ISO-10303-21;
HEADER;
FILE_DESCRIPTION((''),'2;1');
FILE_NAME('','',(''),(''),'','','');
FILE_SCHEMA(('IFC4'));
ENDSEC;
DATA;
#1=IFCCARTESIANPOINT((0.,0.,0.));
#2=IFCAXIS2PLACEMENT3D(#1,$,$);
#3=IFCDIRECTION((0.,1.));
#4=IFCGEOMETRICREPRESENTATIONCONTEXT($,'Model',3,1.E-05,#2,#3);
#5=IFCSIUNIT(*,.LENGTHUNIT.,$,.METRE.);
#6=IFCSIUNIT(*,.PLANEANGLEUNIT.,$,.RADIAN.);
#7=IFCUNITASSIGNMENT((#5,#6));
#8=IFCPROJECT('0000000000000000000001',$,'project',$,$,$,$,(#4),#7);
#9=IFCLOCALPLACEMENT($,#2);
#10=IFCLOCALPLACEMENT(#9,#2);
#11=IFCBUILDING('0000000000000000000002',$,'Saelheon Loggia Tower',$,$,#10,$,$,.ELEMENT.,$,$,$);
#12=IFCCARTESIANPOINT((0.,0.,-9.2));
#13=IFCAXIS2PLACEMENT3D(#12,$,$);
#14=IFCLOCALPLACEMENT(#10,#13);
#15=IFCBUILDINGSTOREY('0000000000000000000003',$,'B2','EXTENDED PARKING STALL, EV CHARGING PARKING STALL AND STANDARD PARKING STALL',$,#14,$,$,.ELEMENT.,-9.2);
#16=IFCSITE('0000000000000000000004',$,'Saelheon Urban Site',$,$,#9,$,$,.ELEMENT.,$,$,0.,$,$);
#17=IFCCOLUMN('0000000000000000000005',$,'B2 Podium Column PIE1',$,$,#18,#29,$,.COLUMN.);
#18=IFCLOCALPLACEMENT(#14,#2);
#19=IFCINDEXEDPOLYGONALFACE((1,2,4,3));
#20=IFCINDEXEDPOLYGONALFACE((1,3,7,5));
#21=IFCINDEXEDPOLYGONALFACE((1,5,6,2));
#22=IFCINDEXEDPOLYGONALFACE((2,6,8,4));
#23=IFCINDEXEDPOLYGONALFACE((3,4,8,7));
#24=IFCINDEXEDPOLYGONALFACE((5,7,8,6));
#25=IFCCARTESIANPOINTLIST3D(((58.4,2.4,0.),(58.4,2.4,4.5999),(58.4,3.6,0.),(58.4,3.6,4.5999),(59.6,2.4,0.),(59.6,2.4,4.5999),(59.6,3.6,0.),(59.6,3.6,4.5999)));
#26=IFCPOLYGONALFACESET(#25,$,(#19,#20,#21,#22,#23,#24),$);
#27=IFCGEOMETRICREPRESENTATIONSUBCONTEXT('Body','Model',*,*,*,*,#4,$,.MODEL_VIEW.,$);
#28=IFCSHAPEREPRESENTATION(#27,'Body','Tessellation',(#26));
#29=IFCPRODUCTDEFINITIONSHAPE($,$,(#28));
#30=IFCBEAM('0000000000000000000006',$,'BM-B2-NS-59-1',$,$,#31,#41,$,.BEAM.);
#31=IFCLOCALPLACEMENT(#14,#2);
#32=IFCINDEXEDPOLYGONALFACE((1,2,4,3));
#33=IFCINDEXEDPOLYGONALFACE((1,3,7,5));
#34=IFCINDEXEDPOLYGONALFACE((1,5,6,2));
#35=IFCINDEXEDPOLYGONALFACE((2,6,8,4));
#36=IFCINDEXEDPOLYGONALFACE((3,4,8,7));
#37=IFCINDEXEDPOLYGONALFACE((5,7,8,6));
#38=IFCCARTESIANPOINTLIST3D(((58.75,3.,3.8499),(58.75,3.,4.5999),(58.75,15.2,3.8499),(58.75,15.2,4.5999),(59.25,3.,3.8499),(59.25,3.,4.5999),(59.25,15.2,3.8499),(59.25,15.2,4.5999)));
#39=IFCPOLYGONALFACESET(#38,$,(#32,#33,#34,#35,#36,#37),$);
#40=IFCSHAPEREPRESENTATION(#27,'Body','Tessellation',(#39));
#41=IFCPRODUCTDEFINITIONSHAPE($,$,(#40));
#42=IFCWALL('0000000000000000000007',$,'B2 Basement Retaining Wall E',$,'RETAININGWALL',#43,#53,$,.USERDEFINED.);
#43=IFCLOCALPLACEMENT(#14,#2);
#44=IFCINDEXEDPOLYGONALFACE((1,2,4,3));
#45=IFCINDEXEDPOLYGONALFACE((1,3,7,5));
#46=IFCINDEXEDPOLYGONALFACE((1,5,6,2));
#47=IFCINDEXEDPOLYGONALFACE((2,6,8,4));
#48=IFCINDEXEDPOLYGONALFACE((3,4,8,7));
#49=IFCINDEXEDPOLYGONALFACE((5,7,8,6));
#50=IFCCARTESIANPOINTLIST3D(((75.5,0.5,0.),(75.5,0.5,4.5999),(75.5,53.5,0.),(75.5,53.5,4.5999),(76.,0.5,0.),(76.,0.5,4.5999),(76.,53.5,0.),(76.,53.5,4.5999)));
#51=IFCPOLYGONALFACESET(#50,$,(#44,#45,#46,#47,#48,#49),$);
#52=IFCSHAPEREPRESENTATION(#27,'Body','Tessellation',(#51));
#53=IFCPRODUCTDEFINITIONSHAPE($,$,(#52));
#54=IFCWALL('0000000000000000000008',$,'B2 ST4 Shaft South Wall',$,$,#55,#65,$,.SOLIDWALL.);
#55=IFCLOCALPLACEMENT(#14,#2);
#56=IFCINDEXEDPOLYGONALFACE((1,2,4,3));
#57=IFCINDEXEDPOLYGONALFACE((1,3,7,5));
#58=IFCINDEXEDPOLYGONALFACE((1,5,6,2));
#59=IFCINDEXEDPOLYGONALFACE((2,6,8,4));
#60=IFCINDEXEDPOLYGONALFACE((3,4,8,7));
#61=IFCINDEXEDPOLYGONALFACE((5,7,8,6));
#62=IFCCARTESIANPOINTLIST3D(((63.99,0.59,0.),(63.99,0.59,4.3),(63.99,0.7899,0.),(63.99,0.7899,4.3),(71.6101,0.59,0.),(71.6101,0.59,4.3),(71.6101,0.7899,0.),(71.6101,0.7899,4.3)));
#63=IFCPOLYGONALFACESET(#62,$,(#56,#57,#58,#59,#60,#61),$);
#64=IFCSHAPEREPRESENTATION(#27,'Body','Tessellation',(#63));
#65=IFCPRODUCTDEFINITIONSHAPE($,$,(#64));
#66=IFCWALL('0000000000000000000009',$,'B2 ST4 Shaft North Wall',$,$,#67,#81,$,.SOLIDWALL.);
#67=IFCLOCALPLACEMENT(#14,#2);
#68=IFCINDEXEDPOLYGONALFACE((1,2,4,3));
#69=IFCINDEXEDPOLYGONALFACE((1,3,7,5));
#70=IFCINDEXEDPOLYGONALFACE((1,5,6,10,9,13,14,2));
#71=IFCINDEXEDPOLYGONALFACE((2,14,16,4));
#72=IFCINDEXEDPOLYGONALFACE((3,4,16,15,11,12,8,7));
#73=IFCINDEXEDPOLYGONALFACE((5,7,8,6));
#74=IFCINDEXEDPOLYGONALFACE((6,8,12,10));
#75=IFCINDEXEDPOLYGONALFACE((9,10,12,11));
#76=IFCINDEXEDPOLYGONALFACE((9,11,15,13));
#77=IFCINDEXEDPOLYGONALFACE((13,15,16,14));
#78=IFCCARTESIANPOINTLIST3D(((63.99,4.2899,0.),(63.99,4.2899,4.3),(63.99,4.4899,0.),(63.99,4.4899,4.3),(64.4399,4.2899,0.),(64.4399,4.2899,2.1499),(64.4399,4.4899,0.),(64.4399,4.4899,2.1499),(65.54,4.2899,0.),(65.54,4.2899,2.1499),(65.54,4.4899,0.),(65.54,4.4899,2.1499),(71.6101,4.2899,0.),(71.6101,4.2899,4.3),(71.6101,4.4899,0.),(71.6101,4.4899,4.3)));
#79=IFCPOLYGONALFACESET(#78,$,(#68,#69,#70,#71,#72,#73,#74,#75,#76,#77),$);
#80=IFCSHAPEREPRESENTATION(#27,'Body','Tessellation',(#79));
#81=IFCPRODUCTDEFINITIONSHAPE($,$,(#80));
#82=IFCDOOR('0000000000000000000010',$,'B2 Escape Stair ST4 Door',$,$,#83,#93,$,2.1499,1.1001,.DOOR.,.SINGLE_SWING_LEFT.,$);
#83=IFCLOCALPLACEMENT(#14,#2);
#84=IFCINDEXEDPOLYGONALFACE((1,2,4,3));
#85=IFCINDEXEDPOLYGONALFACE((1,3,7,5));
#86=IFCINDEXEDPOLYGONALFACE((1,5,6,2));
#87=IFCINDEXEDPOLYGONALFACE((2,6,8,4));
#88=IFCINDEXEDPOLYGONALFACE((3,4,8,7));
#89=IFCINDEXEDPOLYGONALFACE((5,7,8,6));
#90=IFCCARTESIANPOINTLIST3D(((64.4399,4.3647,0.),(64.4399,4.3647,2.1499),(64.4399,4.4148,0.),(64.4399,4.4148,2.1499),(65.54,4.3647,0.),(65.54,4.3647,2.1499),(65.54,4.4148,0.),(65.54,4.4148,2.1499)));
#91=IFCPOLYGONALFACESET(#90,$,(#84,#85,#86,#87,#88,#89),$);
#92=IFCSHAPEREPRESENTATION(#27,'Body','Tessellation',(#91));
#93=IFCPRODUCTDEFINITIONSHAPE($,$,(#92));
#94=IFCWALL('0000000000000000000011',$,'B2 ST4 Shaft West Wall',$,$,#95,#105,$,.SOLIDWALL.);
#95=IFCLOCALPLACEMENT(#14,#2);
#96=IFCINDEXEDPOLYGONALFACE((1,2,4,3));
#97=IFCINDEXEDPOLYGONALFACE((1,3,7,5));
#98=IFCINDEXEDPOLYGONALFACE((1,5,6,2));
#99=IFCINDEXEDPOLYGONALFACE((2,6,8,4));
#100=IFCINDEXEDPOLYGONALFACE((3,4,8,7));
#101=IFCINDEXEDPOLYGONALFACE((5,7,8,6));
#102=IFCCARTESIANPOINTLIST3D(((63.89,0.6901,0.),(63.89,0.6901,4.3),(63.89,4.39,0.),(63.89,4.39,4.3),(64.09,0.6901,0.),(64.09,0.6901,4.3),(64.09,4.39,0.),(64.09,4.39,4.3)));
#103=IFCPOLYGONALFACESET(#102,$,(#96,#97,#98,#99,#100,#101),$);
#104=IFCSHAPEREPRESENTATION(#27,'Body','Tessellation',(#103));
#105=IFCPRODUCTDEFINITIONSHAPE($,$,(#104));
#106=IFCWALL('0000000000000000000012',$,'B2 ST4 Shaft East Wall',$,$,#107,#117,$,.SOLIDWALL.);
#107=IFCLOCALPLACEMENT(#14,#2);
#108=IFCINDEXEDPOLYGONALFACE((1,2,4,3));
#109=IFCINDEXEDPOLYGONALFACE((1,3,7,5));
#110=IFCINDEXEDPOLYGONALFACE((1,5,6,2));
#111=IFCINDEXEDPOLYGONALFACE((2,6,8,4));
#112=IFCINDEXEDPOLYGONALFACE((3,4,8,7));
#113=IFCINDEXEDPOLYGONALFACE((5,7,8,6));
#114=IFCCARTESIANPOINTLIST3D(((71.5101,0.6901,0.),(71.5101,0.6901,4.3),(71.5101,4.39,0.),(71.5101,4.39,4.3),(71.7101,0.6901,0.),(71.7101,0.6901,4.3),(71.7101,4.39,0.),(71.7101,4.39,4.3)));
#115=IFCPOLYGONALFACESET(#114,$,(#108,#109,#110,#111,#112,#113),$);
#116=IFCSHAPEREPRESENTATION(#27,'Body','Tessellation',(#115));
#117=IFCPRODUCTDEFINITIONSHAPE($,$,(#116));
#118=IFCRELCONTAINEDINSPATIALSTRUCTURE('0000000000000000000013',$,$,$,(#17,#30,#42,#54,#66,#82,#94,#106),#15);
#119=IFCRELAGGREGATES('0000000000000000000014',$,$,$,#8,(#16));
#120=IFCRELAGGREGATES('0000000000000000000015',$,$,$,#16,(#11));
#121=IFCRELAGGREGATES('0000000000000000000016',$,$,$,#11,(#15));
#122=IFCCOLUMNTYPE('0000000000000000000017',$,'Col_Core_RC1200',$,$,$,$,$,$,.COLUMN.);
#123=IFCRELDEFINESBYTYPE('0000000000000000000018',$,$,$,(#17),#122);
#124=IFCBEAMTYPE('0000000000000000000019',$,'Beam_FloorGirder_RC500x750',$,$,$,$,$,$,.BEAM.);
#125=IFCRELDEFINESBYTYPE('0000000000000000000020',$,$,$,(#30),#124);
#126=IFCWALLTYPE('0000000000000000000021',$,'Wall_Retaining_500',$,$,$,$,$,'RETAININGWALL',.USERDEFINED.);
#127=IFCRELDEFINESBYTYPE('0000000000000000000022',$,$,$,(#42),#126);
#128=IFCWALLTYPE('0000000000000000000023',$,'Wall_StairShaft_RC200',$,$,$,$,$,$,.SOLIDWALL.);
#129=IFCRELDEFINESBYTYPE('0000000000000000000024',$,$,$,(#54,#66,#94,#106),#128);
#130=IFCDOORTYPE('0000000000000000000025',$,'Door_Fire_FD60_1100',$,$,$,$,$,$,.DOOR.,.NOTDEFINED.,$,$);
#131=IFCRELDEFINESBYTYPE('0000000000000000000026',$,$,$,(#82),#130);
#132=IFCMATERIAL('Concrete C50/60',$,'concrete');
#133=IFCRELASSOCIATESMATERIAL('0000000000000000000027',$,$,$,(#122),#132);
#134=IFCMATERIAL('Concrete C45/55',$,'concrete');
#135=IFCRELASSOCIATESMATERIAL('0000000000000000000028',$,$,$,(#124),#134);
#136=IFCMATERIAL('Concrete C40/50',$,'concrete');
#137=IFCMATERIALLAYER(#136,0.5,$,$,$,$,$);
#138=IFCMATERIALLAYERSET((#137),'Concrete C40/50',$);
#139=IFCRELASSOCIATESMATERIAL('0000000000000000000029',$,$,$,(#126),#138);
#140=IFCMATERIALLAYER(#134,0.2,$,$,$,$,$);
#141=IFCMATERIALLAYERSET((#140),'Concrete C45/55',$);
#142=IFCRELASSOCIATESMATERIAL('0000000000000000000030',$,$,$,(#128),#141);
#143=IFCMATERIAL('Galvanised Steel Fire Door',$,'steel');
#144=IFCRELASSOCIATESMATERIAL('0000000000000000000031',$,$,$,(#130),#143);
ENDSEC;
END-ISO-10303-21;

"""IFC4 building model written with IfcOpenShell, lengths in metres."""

from ifc_helpers import new_model, si_unit, direction, frame, frame_2d, origin, origin_2d, place, context, subcontext, project, spatial, rectangle, extrude, source, transform, mapped, material, layer, layer_set, material_profile, profile_set, type_object, element, fill, save


model = new_model("IFC4")

# Units and contexts
model_context = context("Model", 3, precision=1e-05, world=origin(), true_north=direction((0.0, 1.0)))
body_context = subcontext(model_context, "Body", "Model", "MODEL_VIEW")
ifc_project = project(units=[si_unit("LENGTHUNIT", "METRE"), si_unit("PLANEANGLEUNIT", "RADIAN")], contexts=[model_context])

# Site, building, storey
site_placement = place(None, origin())
site = spatial("IfcSite", under=ifc_project, at=site_placement, Name="Saelheon Urban Site", CompositionType="ELEMENT", RefElevation=0.0)
building_placement = place(site_placement, origin())
building = spatial("IfcBuilding", under=site, at=building_placement, Name="Saelheon Loggia Tower", CompositionType="ELEMENT")
storey_placement = place(building_placement, frame((0.0, 0.0, -9.2)))
storey = spatial("IfcBuildingStorey", under=building, at=storey_placement, Name="B2", Description="EXTENDED PARKING STALL, EV CHARGING PARKING STALL AND STANDARD PARKING STALL", CompositionType="ELEMENT", Elevation=-9.2)

# Shared definitions
ifc_material_1 = material(Name="Concrete C50/60", Category="concrete")

# Column
ifc_material_profile_1 = material_profile(ifc_material_1, rectangle(XDim=1.2, YDim=1.2, at=origin_2d()), Name="RC-1200x1200")
ifc_profile_set_1 = profile_set([ifc_material_profile_1], Name="Concrete C50/60")
column_type_1 = type_object("IfcColumnType", Name="Col_Core_RC1200", PredefinedType="COLUMN", material=ifc_profile_set_1)
shared_shape_1 = source(origin(), body_context, "Body", "SweptSolid", [
    extrude(rectangle(XDim=1.2, YDim=1.2, at=origin_2d()), origin(), (0.0, 0.0, 1.0), 4.5999),
])
column_1_placement = place(storey_placement, frame((59.0, 3.0, 0.0), z_axis=(0.0, 0.0, 1.0), x_axis=(1.0, 0.0, 0.0)))
element("IfcColumn", 1, at=column_1_placement, inside=storey, type_object=column_type_1, Name="B2 Podium Column PIE1", PredefinedType="COLUMN", context=body_context, shape_type="MappedRepresentation", body=[
    mapped(shared_shape_1, transform((0.0, 0.0, 0.0), scale=1.0)),
])

# Beam
ifc_material_2 = material(Name="Concrete C45/55", Category="concrete")
ifc_material_profile_2 = material_profile(ifc_material_2, rectangle(XDim=0.5, YDim=0.75, at=origin_2d()), Name="RC-500x750")
ifc_profile_set_2 = profile_set([ifc_material_profile_2], Name="Concrete C45/55")
beam_type = type_object("IfcBeamType", Name="Beam_FloorGirder_RC500x750", PredefinedType="BEAM", material=ifc_profile_set_2)
shared_shape_2 = source(origin(), body_context, "Body", "SweptSolid", [
    extrude(rectangle(XDim=0.5, YDim=0.75, at=origin_2d()), origin(), (0.0, 0.0, 1.0), 12.2),
])
beam_placement = place(storey_placement, frame((59.0, 3.0, 4.2249), z_axis=(0.0, 1.0, 0.0), x_axis=(-1.0, 0.0, 0.0)))
element("IfcBeam", 2, at=beam_placement, inside=storey, type_object=beam_type, Name="BM-B2-NS-59-1", PredefinedType="BEAM", context=body_context, shape_type="MappedRepresentation", body=[
    mapped(shared_shape_2, transform((0.0, 0.0, 0.0), scale=1.0)),
])

# Walls
ifc_material_3 = material(Name="Concrete C40/50", Category="concrete")
ifc_layer_1 = layer(ifc_material_3, 0.5)
ifc_layer_set_1 = layer_set([ifc_layer_1], Name="Concrete C40/50")
wall_type_1 = type_object("IfcWallType", Name="Wall_Retaining_500", ElementType="RETAININGWALL", PredefinedType="USERDEFINED", material=ifc_layer_set_1)
wall_1_placement = place(storey_placement, frame((75.75, 0.5, 0.0), z_axis=(0.0, 0.0, 1.0), x_axis=(0.0, 1.0, 0.0)))
element("IfcWall", 3, at=wall_1_placement, inside=storey, type_object=wall_type_1, Name="B2 Basement Retaining Wall E", ObjectType="RETAININGWALL", PredefinedType="USERDEFINED", context=body_context, shape_type="SweptSolid", body=[
    extrude(rectangle(XDim=53.0, YDim=0.5, at=frame_2d((26.5, 0.0))), origin(), (0.0, 0.0, 1.0), 4.5999),
])
ifc_layer_2 = layer(ifc_material_2, 0.2)
ifc_layer_set_2 = layer_set([ifc_layer_2], Name="Concrete C45/55")
wall_type_2 = type_object("IfcWallType", Name="Wall_StairShaft_RC200", PredefinedType="SOLIDWALL", material=ifc_layer_set_2)
wall_2_placement = place(storey_placement, frame((63.99, 0.6899, 0.0), z_axis=(0.0, 0.0, 1.0), x_axis=(1.0, 0.0, 0.0)))
element("IfcWall", 4, at=wall_2_placement, inside=storey, type_object=wall_type_2, Name="B2 ST4 Shaft South Wall", PredefinedType="SOLIDWALL", context=body_context, shape_type="SweptSolid", body=[
    extrude(rectangle(XDim=7.6201, YDim=0.2, at=frame_2d((3.8101, 0.0))), origin(), (0.0, 0.0, 1.0), 4.3),
])

# Wall, opening, door
wall_3_placement = place(storey_placement, frame((63.99, 4.3899, 0.0), z_axis=(0.0, 0.0, 1.0), x_axis=(1.0, 0.0, 0.0)))
wall_3 = element("IfcWall", 5, at=wall_3_placement, inside=storey, type_object=wall_type_2, Name="B2 ST4 Shaft North Wall", PredefinedType="SOLIDWALL", context=body_context, shape_type="SweptSolid", body=[
    extrude(rectangle(XDim=7.6201, YDim=0.2, at=frame_2d((3.8101, 0.0))), origin(), (0.0, 0.0, 1.0), 4.3),
])
opening_placement = place(wall_3_placement, frame((0.45, 0.0, 0.0)))
opening = element("IfcOpeningElement", 6, at=opening_placement, cuts=wall_3, PredefinedType="OPENING", context=body_context, shape_type="SweptSolid", body=[
    extrude(rectangle(XDim=1.1001, YDim=2.1499, at=frame_2d((0.55, 1.075))), frame((0.0, 0.1121, 0.0), z_axis=(0.0, -1.0, 0.0), x_axis=(1.0, 0.0, 0.0)), (0.0, 0.0, 1.0), 0.2239),
])
ifc_material_4 = material(Name="Galvanised Steel Fire Door", Category="steel")
door_type = type_object("IfcDoorType", Name="Door_Fire_FD60_1100", OperationType="NOTDEFINED", PredefinedType="DOOR", material=ifc_material_4)
shared_shape_3 = source(origin(), body_context, "Body", "SweptSolid", [
    extrude(rectangle(XDim=1.1001, YDim=2.1499, at=frame_2d((0.55, 1.075))), frame((0.0, 0.0249, 0.0), z_axis=(0.0, -1.0, 0.0), x_axis=(1.0, 0.0, 0.0)), (0.0, 0.0, 1.0), 0.05),
])
door_placement = place(opening_placement, origin())
door = element("IfcDoor", 7, at=door_placement, inside=storey, type_object=door_type, Name="B2 Escape Stair ST4 Door", OperationType="SINGLE_SWING_LEFT", OverallHeight=2.1499, OverallWidth=1.1001, PredefinedType="DOOR", context=body_context, shape_type="MappedRepresentation", body=[
    mapped(shared_shape_3, transform((0.0, 0.0, 0.0), scale=1.0)),
])
fill(opening, door)

# Walls
for number, where, z_axis, x_axis, name in (
    (8, (63.99, 0.6899, 0.0), (0.0, 0.0, 1.0), (0.0, 1.0, 0.0), "B2 ST4 Shaft West Wall"),
    (9, (71.6101, 0.6899, 0.0), (0.0, 0.0, 1.0), (0.0, 1.0, 0.0), "B2 ST4 Shaft East Wall"),
):
    element("IfcWall", number, at=place(storey_placement, frame(where, z_axis=z_axis, x_axis=x_axis)), inside=storey, type_object=wall_type_2, Name=name, PredefinedType="SOLIDWALL", context=body_context, shape_type="SweptSolid", body=[
        extrude(rectangle(XDim=3.7, YDim=0.2, at=frame_2d((1.8501, 0.0))), origin(), (0.0, 0.0, 1.0), 4.3),
    ])

save(model, "model.ifc")
